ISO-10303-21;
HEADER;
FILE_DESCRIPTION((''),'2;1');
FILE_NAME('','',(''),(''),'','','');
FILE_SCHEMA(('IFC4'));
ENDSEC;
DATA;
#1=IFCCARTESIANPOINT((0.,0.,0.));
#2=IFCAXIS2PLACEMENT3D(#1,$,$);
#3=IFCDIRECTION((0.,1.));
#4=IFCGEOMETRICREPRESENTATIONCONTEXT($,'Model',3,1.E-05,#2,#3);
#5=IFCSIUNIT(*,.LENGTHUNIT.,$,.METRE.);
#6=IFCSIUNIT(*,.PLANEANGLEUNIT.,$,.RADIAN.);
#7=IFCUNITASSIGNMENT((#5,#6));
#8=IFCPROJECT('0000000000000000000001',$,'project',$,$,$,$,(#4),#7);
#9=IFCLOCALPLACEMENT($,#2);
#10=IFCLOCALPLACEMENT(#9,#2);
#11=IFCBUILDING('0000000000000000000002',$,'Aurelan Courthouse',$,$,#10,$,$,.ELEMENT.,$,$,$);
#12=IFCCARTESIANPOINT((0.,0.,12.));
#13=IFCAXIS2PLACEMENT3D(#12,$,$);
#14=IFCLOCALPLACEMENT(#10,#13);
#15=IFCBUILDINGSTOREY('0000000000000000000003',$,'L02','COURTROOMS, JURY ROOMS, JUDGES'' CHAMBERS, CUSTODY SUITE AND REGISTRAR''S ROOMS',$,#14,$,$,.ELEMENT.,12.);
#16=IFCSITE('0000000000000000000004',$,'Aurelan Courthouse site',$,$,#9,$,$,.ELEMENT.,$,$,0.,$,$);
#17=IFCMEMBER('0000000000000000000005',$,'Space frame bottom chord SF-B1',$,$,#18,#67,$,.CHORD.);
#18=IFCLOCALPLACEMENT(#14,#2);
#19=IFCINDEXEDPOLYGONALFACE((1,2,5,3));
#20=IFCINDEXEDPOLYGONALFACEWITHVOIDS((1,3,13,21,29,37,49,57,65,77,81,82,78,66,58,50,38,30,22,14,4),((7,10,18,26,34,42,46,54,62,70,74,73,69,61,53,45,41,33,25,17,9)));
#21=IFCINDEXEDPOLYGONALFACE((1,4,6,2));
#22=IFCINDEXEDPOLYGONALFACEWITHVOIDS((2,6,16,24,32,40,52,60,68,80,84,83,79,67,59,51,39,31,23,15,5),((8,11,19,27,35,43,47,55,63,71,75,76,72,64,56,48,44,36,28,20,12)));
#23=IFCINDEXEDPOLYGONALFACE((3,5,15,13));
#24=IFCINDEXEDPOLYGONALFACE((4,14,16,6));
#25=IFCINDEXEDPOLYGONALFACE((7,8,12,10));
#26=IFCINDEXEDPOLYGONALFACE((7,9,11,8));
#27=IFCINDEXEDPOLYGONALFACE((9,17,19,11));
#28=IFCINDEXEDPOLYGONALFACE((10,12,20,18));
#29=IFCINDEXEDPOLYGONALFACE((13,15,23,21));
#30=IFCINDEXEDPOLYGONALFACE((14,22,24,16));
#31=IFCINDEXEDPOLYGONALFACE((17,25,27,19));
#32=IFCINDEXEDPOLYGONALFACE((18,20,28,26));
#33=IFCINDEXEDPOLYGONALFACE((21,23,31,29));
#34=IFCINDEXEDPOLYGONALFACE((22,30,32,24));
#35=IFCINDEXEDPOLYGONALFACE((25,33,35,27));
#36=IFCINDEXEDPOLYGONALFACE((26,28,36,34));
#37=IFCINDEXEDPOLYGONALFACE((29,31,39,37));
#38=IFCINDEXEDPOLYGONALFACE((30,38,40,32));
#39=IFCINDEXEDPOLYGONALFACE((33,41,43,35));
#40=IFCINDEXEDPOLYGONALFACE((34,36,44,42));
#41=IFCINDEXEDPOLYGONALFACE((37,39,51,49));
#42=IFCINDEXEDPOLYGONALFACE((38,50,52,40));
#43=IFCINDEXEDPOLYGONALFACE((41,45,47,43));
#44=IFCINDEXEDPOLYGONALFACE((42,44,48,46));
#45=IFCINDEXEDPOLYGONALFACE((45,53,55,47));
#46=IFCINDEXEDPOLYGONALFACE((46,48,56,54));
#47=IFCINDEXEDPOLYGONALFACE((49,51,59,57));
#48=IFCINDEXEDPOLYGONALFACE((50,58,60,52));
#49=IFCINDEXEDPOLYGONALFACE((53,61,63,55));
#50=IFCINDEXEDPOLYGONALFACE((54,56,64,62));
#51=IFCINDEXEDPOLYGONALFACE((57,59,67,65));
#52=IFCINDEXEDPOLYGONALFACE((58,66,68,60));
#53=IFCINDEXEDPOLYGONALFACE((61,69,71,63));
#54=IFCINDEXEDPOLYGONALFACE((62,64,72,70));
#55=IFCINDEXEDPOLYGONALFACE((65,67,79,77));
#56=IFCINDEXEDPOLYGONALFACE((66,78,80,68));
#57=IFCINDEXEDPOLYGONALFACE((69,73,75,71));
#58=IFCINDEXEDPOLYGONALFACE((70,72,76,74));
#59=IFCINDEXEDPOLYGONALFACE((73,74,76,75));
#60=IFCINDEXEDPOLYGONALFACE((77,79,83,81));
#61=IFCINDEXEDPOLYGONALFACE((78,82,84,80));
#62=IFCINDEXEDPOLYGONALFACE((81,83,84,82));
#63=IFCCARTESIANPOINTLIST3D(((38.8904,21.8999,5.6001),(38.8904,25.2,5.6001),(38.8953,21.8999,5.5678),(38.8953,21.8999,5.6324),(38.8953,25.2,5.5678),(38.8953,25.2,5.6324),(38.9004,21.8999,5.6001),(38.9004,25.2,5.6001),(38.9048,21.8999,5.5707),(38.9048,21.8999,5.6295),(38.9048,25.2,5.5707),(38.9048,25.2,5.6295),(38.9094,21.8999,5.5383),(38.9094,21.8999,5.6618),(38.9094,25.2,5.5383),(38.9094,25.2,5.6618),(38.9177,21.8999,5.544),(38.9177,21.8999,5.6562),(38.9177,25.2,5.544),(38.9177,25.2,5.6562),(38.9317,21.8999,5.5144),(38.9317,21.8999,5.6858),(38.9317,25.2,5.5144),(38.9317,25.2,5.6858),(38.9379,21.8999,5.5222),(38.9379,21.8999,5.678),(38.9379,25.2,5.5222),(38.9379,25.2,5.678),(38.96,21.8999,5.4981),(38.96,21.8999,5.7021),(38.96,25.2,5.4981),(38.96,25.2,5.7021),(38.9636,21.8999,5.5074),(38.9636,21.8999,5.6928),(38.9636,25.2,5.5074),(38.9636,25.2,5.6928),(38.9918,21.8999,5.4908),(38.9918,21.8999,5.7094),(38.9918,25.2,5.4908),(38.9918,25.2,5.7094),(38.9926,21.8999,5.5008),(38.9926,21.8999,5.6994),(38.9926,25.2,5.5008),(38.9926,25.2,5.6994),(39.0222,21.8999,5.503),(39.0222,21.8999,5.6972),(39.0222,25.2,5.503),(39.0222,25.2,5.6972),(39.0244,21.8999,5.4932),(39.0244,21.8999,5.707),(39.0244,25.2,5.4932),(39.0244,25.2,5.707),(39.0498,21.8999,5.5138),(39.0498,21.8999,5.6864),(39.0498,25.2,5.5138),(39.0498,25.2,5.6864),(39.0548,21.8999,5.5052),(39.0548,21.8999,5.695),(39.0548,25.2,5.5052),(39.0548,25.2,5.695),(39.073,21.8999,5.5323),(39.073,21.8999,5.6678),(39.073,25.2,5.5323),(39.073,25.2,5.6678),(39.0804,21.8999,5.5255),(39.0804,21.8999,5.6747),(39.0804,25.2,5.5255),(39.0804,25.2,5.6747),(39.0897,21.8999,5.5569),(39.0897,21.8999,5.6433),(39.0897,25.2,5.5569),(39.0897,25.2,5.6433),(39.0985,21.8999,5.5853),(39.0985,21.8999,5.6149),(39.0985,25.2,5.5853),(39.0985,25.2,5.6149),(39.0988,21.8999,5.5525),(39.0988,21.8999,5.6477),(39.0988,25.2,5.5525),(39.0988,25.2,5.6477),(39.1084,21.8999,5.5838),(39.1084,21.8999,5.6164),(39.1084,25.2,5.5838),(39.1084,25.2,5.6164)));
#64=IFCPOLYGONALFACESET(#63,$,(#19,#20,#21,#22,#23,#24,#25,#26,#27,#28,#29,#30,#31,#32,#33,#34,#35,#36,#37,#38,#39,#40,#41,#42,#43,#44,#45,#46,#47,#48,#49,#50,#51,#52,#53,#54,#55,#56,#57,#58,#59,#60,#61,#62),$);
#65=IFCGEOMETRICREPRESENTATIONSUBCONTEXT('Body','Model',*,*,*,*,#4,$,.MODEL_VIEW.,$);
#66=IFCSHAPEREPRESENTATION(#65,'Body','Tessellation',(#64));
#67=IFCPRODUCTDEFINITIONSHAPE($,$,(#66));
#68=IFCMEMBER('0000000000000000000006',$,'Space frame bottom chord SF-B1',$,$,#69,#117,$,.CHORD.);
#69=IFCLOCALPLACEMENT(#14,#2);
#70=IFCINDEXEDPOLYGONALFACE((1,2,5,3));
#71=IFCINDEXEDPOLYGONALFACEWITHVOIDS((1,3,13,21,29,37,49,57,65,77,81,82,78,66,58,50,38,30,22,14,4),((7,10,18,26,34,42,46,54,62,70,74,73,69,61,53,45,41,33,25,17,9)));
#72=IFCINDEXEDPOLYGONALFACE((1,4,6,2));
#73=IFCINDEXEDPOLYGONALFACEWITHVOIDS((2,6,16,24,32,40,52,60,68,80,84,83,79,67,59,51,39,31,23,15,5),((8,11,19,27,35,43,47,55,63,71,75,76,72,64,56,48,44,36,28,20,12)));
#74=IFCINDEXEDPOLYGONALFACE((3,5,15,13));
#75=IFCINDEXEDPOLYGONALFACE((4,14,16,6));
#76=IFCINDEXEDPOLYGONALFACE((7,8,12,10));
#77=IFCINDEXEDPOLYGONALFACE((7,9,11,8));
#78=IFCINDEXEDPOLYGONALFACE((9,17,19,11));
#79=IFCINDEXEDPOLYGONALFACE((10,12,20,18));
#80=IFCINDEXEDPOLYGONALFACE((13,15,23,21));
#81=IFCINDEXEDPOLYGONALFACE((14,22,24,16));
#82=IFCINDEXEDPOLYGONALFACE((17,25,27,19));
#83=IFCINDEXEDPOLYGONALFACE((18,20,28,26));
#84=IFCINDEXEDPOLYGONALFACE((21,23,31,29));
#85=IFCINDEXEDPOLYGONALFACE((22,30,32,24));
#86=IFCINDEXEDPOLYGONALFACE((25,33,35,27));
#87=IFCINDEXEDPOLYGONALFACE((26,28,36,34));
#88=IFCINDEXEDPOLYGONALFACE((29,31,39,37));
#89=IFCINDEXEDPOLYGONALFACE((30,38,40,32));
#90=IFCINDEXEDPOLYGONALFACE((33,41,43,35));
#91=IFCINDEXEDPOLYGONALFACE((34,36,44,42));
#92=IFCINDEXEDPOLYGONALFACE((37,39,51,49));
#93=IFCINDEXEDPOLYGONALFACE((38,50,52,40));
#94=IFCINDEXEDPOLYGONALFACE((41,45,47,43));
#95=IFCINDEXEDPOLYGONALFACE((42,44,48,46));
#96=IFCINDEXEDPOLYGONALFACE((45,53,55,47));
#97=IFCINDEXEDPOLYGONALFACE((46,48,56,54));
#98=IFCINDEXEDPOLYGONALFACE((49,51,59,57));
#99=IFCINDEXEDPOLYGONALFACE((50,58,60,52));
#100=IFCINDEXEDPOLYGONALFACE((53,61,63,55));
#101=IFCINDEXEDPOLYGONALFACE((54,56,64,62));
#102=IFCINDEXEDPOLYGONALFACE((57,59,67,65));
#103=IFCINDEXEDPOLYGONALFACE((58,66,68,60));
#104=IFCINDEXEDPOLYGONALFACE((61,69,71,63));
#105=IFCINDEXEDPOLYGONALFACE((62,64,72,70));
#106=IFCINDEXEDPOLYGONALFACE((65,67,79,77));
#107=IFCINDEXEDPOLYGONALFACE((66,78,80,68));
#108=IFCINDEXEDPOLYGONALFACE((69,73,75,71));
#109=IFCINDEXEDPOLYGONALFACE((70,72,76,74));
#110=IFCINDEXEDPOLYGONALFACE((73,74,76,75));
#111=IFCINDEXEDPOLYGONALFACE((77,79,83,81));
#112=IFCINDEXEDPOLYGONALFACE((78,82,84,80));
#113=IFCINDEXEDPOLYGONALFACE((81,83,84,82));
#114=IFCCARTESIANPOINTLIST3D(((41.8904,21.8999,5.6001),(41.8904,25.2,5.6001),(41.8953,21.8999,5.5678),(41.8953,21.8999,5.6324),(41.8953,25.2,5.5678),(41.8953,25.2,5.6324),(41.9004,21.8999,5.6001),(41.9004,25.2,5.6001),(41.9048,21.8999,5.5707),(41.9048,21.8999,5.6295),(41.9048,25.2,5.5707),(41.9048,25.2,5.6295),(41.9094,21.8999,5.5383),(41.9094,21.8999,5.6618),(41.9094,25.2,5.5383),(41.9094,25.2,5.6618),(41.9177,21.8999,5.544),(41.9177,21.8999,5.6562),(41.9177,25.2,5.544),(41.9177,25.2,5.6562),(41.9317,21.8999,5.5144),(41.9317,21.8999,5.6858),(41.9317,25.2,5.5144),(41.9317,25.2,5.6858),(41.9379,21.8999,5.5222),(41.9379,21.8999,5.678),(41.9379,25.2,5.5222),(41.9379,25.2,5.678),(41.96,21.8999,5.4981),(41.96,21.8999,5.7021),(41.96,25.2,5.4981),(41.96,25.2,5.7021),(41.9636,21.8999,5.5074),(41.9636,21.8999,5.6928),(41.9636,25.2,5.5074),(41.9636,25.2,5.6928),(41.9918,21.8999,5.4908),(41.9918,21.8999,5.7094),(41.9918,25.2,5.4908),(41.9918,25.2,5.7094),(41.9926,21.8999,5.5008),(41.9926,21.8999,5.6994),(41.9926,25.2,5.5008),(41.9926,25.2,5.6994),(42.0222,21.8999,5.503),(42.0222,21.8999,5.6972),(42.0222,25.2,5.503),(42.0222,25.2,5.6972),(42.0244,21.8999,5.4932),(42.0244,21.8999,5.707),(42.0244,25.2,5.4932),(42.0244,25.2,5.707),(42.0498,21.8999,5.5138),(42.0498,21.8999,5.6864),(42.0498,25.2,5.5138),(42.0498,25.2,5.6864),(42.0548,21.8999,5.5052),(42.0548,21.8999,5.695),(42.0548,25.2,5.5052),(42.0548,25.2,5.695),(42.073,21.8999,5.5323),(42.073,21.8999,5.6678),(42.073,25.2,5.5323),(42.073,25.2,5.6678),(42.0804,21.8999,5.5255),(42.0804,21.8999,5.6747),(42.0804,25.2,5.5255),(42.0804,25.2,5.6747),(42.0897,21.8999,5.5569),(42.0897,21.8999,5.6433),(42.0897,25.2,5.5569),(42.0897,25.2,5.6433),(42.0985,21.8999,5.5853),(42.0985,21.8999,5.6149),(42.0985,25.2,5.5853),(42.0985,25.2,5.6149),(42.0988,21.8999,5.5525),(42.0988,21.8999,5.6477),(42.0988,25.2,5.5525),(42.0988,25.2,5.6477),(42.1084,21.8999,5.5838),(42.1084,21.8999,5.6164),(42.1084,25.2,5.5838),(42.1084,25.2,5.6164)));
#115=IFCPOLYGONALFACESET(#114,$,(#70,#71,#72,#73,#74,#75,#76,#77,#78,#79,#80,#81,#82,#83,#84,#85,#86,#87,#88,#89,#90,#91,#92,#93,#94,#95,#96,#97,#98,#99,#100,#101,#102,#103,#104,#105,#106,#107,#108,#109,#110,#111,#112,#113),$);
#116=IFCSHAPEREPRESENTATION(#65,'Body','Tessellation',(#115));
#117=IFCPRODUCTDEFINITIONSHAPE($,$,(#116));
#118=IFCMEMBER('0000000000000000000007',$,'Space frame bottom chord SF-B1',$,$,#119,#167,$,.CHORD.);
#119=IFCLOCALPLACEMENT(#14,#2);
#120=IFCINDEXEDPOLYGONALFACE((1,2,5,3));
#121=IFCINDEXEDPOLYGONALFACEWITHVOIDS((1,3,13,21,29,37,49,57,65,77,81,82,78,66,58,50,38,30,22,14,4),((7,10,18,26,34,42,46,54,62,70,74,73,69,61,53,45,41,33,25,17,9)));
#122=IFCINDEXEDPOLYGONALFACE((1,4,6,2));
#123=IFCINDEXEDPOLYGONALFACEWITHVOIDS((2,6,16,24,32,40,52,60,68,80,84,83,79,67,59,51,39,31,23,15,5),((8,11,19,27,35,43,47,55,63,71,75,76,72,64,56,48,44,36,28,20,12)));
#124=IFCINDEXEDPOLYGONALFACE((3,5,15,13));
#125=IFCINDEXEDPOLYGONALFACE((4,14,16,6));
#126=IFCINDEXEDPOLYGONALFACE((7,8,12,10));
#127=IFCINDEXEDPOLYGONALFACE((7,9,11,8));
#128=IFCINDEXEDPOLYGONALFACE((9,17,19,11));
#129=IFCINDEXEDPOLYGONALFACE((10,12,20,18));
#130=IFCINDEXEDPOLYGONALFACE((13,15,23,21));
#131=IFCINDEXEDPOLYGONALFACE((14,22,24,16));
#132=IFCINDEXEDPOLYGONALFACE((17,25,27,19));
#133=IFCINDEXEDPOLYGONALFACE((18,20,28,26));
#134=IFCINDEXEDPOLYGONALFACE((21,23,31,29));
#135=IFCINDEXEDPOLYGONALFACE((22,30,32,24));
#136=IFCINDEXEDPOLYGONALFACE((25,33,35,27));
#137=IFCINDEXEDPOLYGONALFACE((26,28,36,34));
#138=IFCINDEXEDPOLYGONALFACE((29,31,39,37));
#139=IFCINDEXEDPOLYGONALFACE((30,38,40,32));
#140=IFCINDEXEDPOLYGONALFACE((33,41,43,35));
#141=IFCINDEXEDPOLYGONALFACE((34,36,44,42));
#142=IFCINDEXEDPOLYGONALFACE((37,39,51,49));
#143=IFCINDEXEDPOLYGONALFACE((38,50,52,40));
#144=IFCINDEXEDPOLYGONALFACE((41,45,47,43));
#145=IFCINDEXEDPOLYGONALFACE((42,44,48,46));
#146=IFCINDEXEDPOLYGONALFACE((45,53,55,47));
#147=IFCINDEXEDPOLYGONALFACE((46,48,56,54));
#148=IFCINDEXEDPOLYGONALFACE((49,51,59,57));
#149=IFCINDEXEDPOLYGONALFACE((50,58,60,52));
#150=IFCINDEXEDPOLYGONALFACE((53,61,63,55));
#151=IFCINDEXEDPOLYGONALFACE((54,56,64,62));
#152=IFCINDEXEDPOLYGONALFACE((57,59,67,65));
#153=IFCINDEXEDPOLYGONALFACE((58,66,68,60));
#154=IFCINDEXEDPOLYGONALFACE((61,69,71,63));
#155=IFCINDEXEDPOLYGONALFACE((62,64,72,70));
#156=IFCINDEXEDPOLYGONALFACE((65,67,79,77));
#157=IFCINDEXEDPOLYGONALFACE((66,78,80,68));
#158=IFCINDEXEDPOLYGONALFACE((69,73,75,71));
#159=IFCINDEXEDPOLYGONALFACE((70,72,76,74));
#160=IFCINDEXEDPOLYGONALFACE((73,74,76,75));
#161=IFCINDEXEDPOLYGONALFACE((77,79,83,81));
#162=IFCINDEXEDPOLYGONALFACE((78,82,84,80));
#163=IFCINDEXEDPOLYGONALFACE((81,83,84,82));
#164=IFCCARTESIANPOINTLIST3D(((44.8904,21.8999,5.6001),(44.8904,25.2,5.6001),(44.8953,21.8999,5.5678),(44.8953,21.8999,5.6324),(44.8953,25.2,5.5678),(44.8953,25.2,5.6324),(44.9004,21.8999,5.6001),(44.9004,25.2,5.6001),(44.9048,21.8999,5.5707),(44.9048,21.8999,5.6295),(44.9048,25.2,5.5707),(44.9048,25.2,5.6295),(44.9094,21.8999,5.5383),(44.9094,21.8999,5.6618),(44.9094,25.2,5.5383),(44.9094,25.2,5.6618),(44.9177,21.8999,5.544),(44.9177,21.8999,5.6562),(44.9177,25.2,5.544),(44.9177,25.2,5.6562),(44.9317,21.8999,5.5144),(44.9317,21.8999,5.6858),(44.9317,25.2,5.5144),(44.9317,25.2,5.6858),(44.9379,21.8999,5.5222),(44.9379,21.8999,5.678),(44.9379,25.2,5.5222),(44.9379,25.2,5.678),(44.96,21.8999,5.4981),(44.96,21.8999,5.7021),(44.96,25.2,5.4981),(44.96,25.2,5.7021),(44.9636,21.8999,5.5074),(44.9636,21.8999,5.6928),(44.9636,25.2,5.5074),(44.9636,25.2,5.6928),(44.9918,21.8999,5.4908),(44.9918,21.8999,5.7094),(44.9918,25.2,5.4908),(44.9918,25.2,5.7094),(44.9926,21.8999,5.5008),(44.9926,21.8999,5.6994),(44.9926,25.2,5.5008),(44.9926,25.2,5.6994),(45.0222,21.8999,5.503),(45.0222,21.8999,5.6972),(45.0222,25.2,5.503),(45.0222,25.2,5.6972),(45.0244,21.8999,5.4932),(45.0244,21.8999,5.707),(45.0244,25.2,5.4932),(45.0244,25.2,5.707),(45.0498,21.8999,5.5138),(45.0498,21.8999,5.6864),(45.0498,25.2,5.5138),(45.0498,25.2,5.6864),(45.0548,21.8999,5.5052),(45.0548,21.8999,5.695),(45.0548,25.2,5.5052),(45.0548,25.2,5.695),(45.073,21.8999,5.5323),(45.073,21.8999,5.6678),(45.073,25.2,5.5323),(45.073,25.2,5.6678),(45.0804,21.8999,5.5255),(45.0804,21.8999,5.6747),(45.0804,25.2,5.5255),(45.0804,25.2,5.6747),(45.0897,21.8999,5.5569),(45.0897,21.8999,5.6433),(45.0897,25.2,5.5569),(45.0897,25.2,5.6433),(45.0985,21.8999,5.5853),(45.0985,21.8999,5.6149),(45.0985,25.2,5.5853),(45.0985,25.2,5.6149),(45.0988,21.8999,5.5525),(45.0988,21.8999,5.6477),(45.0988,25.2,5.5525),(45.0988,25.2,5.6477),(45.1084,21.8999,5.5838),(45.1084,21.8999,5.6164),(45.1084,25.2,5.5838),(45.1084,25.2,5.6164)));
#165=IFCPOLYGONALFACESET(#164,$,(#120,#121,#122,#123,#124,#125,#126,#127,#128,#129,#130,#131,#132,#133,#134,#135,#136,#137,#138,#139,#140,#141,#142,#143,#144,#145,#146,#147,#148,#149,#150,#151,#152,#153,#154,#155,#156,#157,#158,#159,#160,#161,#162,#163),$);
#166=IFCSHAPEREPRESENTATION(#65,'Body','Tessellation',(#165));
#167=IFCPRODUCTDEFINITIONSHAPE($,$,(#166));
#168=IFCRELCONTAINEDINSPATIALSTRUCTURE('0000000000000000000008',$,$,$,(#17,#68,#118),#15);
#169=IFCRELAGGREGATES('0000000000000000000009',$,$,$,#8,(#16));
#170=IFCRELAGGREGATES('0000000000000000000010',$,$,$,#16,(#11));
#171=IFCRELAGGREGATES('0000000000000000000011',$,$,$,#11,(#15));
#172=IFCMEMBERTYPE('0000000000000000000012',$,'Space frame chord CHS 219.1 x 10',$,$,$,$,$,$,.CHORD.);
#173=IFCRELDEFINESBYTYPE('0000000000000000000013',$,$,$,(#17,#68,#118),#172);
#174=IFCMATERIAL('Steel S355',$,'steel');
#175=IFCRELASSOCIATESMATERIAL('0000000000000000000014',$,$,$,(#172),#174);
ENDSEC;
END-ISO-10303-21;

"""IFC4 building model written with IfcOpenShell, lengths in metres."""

from ifc_helpers import new_model, si_unit, direction, frame, origin, origin_2d, place, context, subcontext, project, spatial, hollow_circle, extrude, material, material_profile, profile_set, type_object, element, save


model = new_model("IFC4")

# Units and contexts
model_context = context("Model", 3, precision=1e-05, world=origin(), true_north=direction((0.0, 1.0)))
body_context = subcontext(model_context, "Body", "Model", "MODEL_VIEW")
ifc_project = project(units=[si_unit("LENGTHUNIT", "METRE"), si_unit("PLANEANGLEUNIT", "RADIAN")], contexts=[model_context])

# Site, building, storey
site_placement = place(None, origin())
site = spatial("IfcSite", under=ifc_project, at=site_placement, Name="Aurelan Courthouse site", CompositionType="ELEMENT", RefElevation=0.0)
building_placement = place(site_placement, origin())
building = spatial("IfcBuilding", under=site, at=building_placement, Name="Aurelan Courthouse", CompositionType="ELEMENT")
storey_placement = place(building_placement, frame((0.0, 0.0, 12.0)))
storey = spatial("IfcBuildingStorey", under=building, at=storey_placement, Name="L02", Description="COURTROOMS, JURY ROOMS, JUDGES' CHAMBERS, CUSTODY SUITE AND REGISTRAR'S ROOMS", CompositionType="ELEMENT", Elevation=12.0)

# Members
ifc_material_1 = material(Name="Steel S355", Category="steel")
ifc_material_profile_1 = material_profile(ifc_material_1, hollow_circle(Radius=0.1096, WallThickness=0.01, at=origin_2d()), Name="CHS 219.1 x 10")
ifc_profile_set_1 = profile_set([ifc_material_profile_1], Name="Steel S355")
member_type_1 = type_object("IfcMemberType", Name="Space frame chord CHS 219.1 x 10", PredefinedType="CHORD", material=ifc_profile_set_1)
for number, where, z_axis, x_axis, name in (
    (1, (39.0, 21.8999, 5.6001), (0.0, 1.0, 0.0), (-1.0, 0.0, 0.0), "Space frame bottom chord SF-B1"),
    (2, (42.0, 21.8999, 5.6001), (0.0, 1.0, 0.0), (-1.0, 0.0, 0.0), "Space frame bottom chord SF-B1"),
    (3, (45.0, 21.8999, 5.6001), (0.0, 1.0, 0.0), (-1.0, 0.0, 0.0), "Space frame bottom chord SF-B1"),
):
    element("IfcMember", number, at=place(storey_placement, frame(where, z_axis=z_axis, x_axis=x_axis)), inside=storey, type_object=member_type_1, Name=name, PredefinedType="CHORD", context=body_context, shape_type="SweptSolid", body=[
        extrude(hollow_circle(Radius=0.1096, WallThickness=0.01, at=origin_2d()), origin(), (0.0, 0.0, 1.0), 3.3),
    ])

save(model, "model.ifc")
